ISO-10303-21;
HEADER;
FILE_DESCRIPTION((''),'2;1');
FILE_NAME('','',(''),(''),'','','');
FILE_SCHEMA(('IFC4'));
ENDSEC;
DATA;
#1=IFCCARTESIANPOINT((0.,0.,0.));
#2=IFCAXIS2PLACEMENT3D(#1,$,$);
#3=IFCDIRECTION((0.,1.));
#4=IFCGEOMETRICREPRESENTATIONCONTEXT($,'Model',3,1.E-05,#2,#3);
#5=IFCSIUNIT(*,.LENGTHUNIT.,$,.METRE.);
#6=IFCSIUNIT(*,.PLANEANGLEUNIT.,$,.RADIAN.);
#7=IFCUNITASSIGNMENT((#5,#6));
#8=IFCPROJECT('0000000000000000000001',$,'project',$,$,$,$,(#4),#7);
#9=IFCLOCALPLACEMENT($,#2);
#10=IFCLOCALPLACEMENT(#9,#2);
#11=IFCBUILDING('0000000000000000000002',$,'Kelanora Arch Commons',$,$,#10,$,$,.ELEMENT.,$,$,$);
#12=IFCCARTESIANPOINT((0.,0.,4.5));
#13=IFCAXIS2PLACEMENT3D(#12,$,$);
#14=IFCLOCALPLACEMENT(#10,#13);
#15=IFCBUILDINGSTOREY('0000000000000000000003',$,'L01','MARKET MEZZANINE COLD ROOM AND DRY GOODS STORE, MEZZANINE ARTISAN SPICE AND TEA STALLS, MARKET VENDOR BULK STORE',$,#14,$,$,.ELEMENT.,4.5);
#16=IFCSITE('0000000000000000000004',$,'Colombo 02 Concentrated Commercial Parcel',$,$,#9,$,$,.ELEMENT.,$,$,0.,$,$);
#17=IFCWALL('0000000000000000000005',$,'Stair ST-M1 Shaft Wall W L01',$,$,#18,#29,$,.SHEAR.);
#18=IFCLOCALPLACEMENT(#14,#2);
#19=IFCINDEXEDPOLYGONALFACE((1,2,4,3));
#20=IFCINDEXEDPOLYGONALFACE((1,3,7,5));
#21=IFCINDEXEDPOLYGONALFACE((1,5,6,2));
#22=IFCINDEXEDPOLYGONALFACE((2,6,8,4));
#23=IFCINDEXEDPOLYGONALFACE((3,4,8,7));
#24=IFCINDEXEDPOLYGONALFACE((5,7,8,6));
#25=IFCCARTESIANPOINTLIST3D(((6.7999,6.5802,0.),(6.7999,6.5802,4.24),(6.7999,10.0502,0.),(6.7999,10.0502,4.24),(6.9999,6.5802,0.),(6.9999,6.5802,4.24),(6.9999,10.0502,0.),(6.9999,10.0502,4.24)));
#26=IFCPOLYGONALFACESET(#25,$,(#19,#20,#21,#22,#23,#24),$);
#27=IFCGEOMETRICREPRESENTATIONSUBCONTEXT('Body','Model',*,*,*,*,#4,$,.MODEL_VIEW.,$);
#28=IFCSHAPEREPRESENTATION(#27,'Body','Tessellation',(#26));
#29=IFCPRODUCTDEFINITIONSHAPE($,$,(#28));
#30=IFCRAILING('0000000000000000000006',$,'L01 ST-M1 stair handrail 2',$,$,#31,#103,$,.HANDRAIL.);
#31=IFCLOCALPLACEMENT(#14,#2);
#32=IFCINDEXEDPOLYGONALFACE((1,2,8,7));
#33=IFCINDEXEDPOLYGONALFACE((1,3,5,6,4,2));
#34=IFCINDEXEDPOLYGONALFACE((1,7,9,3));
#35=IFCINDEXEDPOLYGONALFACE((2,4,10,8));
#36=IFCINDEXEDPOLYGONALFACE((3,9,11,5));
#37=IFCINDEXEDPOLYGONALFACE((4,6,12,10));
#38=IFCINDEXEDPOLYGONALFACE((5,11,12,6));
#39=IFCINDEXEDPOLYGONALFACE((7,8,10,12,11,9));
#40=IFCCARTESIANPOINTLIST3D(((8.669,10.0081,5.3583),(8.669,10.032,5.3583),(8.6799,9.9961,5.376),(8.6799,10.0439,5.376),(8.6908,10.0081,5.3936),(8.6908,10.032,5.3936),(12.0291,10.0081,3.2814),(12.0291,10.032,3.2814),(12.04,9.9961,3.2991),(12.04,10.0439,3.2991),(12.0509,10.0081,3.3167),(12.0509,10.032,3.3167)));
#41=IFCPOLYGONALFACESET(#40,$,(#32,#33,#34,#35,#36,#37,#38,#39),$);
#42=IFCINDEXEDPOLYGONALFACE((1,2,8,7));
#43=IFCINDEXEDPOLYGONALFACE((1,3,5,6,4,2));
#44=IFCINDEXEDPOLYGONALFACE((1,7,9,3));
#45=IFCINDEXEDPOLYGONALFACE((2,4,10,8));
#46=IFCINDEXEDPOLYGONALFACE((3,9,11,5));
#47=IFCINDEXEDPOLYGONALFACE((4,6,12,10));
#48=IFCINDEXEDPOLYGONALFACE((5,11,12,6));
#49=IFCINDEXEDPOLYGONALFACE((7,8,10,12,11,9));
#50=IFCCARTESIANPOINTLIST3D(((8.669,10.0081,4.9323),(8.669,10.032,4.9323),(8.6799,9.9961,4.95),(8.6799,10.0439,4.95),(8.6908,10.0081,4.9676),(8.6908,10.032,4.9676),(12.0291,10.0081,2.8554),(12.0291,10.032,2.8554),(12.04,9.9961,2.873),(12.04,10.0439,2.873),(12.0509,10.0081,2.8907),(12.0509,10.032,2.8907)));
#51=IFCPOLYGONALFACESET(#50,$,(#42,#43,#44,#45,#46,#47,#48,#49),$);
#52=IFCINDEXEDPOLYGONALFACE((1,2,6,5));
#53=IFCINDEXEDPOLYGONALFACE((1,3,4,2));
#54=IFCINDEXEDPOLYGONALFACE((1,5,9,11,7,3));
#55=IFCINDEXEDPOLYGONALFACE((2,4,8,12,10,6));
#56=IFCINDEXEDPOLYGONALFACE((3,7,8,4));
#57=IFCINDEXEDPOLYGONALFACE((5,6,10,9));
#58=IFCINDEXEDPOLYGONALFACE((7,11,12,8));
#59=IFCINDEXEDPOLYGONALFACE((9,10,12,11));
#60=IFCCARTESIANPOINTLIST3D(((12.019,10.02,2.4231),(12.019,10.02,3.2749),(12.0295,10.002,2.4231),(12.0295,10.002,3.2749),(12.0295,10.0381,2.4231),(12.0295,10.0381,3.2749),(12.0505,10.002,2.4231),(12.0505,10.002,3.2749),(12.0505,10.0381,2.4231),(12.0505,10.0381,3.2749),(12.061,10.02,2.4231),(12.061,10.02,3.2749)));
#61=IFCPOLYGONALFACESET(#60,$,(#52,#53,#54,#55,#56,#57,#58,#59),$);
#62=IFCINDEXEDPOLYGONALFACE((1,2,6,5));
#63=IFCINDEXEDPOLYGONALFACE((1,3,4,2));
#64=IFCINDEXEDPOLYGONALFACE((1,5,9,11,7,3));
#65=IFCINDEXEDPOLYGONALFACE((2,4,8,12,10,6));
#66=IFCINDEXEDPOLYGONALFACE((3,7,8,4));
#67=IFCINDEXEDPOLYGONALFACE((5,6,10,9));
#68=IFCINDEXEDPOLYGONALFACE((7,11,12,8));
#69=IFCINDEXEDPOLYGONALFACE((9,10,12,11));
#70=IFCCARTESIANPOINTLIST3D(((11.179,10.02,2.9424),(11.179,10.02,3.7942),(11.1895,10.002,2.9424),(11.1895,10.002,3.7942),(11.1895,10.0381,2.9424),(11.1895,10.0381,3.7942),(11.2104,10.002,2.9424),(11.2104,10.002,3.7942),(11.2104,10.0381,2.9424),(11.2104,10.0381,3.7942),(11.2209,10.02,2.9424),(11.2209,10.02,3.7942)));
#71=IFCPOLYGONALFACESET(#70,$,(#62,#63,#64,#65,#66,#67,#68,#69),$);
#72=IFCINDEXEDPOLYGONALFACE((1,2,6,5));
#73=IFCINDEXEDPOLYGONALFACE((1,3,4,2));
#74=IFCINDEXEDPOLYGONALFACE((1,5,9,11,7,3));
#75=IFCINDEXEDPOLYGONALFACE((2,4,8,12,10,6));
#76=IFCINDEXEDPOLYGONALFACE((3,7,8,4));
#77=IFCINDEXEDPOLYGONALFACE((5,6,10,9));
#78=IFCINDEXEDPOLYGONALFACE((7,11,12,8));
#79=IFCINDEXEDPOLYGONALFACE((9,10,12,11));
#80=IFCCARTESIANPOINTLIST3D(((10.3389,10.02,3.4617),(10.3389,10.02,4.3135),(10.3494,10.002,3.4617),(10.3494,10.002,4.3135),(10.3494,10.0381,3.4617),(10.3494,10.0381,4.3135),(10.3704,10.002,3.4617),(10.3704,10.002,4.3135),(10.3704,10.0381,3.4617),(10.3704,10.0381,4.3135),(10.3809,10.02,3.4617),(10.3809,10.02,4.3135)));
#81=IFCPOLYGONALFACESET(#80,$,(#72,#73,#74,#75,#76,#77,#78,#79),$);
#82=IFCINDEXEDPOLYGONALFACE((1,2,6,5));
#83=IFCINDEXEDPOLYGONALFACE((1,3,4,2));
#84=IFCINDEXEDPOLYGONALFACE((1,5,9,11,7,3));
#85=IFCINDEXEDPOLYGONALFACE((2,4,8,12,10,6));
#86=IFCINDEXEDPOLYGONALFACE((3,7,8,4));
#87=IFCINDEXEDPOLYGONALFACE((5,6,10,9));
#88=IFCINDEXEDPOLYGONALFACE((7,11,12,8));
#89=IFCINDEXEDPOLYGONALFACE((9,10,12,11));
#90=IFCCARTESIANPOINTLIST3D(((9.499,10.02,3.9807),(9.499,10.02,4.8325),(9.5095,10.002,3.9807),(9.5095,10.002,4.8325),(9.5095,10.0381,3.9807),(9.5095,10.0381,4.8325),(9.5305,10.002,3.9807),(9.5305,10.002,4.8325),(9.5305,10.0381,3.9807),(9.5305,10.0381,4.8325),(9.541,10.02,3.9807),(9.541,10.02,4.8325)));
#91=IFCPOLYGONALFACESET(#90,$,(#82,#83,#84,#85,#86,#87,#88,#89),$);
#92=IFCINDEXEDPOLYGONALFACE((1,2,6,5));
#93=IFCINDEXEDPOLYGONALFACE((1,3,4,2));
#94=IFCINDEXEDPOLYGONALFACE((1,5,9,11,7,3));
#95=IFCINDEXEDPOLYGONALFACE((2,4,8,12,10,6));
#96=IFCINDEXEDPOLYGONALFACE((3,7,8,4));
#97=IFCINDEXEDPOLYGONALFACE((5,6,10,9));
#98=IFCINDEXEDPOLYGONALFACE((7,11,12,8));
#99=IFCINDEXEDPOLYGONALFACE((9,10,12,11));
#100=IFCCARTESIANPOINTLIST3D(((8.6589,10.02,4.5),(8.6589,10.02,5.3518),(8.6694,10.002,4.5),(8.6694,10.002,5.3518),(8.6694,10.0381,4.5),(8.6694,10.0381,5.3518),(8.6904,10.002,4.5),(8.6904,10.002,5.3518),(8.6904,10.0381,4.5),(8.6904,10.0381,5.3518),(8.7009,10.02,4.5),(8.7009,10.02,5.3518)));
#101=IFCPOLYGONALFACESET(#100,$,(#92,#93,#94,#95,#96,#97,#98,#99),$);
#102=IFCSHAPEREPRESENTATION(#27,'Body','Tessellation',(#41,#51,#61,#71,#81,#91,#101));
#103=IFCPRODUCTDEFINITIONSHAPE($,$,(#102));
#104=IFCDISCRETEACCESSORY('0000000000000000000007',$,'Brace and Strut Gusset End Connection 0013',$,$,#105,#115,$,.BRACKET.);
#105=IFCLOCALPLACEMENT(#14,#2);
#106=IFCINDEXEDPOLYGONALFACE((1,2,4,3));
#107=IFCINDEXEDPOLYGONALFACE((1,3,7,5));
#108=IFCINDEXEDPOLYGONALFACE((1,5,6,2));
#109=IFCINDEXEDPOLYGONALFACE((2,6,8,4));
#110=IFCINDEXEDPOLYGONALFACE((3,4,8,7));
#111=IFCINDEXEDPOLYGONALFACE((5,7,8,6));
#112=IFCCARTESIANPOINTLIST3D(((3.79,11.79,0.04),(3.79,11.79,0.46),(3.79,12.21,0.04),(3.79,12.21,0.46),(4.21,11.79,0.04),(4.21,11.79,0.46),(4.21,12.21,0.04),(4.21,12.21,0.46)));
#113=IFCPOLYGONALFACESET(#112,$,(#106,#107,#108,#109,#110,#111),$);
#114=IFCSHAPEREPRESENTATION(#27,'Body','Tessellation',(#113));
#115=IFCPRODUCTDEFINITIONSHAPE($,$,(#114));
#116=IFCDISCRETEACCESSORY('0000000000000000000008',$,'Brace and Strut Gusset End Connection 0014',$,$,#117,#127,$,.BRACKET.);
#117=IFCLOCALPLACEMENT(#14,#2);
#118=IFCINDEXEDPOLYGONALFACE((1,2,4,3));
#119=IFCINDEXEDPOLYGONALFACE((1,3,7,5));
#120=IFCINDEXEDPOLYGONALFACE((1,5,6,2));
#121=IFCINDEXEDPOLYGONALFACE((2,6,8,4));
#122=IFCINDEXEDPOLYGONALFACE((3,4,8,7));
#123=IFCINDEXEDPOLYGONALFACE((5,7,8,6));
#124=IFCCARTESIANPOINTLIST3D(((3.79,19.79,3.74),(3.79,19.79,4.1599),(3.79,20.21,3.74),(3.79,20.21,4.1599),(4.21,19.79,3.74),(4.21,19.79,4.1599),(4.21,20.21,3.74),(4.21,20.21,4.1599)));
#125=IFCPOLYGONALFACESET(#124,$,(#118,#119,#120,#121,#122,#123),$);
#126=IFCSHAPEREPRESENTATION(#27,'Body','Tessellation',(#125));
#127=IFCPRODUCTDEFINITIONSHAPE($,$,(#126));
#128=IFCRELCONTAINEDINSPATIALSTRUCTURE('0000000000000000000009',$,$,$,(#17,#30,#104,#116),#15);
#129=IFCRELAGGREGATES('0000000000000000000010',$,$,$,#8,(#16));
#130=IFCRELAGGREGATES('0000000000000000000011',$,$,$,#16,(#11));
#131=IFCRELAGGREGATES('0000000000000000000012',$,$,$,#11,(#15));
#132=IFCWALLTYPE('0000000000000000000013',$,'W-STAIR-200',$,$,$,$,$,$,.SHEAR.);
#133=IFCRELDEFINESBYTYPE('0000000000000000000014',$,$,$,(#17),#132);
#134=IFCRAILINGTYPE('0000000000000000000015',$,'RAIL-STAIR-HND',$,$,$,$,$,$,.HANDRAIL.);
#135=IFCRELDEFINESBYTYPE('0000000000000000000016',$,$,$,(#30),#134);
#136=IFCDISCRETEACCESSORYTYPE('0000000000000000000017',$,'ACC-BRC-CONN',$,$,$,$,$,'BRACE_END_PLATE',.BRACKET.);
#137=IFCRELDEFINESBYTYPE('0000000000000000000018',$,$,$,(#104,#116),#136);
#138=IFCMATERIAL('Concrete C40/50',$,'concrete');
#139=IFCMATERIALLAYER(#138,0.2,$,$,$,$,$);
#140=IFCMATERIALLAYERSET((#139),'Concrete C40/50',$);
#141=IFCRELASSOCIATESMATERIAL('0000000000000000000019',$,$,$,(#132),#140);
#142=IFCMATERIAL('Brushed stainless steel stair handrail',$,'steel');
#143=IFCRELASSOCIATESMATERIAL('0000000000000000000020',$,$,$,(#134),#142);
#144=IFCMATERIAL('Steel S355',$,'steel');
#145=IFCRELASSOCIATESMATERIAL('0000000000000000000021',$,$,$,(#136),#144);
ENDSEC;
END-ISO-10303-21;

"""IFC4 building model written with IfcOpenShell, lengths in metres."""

from ifc_helpers import new_model, si_unit, direction, frame, frame_2d, origin, origin_2d, place, context, subcontext, project, spatial, polyline, rectangle, outline, extrude, source, transform, mapped, material, layer, layer_set, type_object, element, save


model = new_model("IFC4")

# Units and contexts
model_context = context("Model", 3, precision=1e-05, world=origin(), true_north=direction((0.0, 1.0)))
body_context = subcontext(model_context, "Body", "Model", "MODEL_VIEW")
ifc_project = project(units=[si_unit("LENGTHUNIT", "METRE"), si_unit("PLANEANGLEUNIT", "RADIAN")], contexts=[model_context])

# Site, building, storey
site_placement = place(None, origin())
site = spatial("IfcSite", under=ifc_project, at=site_placement, Name="Colombo 02 Concentrated Commercial Parcel", CompositionType="ELEMENT", RefElevation=0.0)
building_placement = place(site_placement, origin())
building = spatial("IfcBuilding", under=site, at=building_placement, Name="Kelanora Arch Commons", CompositionType="ELEMENT")
storey_placement = place(building_placement, frame((0.0, 0.0, 4.5)))
storey = spatial("IfcBuildingStorey", under=building, at=storey_placement, Name="L01", Description="MARKET MEZZANINE COLD ROOM AND DRY GOODS STORE, MEZZANINE ARTISAN SPICE AND TEA STALLS, MARKET VENDOR BULK STORE", CompositionType="ELEMENT", Elevation=4.5)

# Shared definitions
ifc_material_1 = material(Name="Concrete C40/50", Category="concrete")

# Shared definitions
ifc_material_2 = material(Name="Steel S355", Category="steel")

# Shared definitions
ifc_layer_1 = layer(ifc_material_1, 0.2)
ifc_layer_set_1 = layer_set([ifc_layer_1], Name="Concrete C40/50")
wall_type_1 = type_object("IfcWallType", Name="W-STAIR-200", PredefinedType="SHEAR", material=ifc_layer_set_1)

# Wall
wall_1_placement = place(storey_placement, frame((6.8999, 10.05, 0.0), z_axis=(0.0, 0.0, 1.0), x_axis=(0.0, -1.0, 0.0)))
element("IfcWall", 1, at=wall_1_placement, inside=storey, type_object=wall_type_1, Name="Stair ST-M1 Shaft Wall W L01", PredefinedType="SHEAR", context=body_context, shape_type="SweptSolid", body=[
    extrude(rectangle(XDim=3.47, YDim=0.2, at=frame_2d((1.7349, 0.0))), origin(), (0.0, 0.0, 1.0), 4.24),
])

# Railing
ifc_material_3 = material(Name="Brushed stainless steel stair handrail", Category="steel")
railing_type = type_object("IfcRailingType", Name="RAIL-STAIR-HND", PredefinedType="HANDRAIL", material=ifc_material_3)
railing_placement = place(storey_placement, frame((12.04, 10.02, 2.4231)))
element("IfcRailing", 2, at=railing_placement, inside=storey, type_object=railing_type, Name="L01 ST-M1 stair handrail 2", PredefinedType="HANDRAIL", context=body_context, shape_type="SweptSolid", body=[
    extrude(outline(polyline([(0.0239, 0.0), (0.012, 0.0208), (-0.012, 0.0208), (-0.0239, 0.0), (-0.012, -0.0208), (0.012, -0.0208), (0.0239, 0.0)])), frame((0.0, 0.0, 0.876), z_axis=(-0.850623, 0.0, 0.525776), x_axis=(0.0, -1.0, 0.0)), (0.0, 0.0, 1.0), 3.9502),
    extrude(outline(polyline([(0.0239, 0.0), (0.012, 0.0208), (-0.012, 0.0208), (-0.0239, 0.0), (-0.012, -0.0208), (0.012, -0.0208), (0.0239, 0.0)])), frame((0.0, 0.0, 0.45), z_axis=(-0.850623, 0.0, 0.525776), x_axis=(0.0, -1.0, 0.0)), (0.0, 0.0, 1.0), 3.9502),
    extrude(outline(polyline([(0.021, 0.0), (0.0105, 0.0181), (-0.0105, 0.0181), (-0.021, 0.0), (-0.0105, -0.0181), (0.0105, -0.0181), (0.021, 0.0)])), origin(), (0.0, 0.0, 1.0), 0.8518),
    extrude(outline(polyline([(0.021, 0.0), (0.0105, 0.0181), (-0.0105, 0.0181), (-0.021, 0.0), (-0.0105, -0.0181), (0.0105, -0.0181), (0.021, 0.0)])), frame((-0.8401, 0.0, 0.5193)), (0.0, 0.0, 1.0), 0.8518),
    extrude(outline(polyline([(0.021, 0.0), (0.0105, 0.0181), (-0.0105, 0.0181), (-0.021, 0.0), (-0.0105, -0.0181), (0.0105, -0.0181), (0.021, 0.0)])), frame((-1.6802, 0.0, 1.0386)), (0.0, 0.0, 1.0), 0.8518),
    extrude(outline(polyline([(0.021, 0.0), (0.0105, 0.0181), (-0.0105, 0.0181), (-0.021, 0.0), (-0.0105, -0.0181), (0.0105, -0.0181), (0.021, 0.0)])), frame((-2.52, 0.0, 1.5576)), (0.0, 0.0, 1.0), 0.8518),
    extrude(outline(polyline([(0.021, 0.0), (0.0105, 0.0181), (-0.0105, 0.0181), (-0.021, 0.0), (-0.0105, -0.0181), (0.0105, -0.0181), (0.021, 0.0)])), frame((-3.3601, 0.0, 2.0769)), (0.0, 0.0, 1.0), 0.8518),
])

# Discrete accessories
discrete_accessory_type = type_object("IfcDiscreteAccessoryType", Name="ACC-BRC-CONN", ElementType="BRACE_END_PLATE", PredefinedType="BRACKET", material=ifc_material_2)
shared_shape = source(origin(), body_context, "Body", "SweptSolid", [
    extrude(rectangle(XDim=0.4199, YDim=0.4199, at=origin_2d()), origin(), (0.0, 0.0, 1.0), 0.4199),
])
for number, where, z_axis, x_axis, name in (
    (3, (4.0, 12.0, 0.04), (0.0, 0.0, 1.0), (0.0, 1.0, 0.0), "Brace and Strut Gusset End Connection 0013"),
    (4, (4.0, 20.0, 3.74), (0.0, 0.0, 1.0), (0.0, 1.0, 0.0), "Brace and Strut Gusset End Connection 0014"),
):
    element("IfcDiscreteAccessory", number, at=place(storey_placement, frame(where, z_axis=z_axis, x_axis=x_axis)), inside=storey, type_object=discrete_accessory_type, Name=name, PredefinedType="BRACKET", context=body_context, shape_type="MappedRepresentation", body=[
        mapped(shared_shape, transform((0.0, 0.0, 0.0), scale=1.0)),
    ])

save(model, "model.ifc")
